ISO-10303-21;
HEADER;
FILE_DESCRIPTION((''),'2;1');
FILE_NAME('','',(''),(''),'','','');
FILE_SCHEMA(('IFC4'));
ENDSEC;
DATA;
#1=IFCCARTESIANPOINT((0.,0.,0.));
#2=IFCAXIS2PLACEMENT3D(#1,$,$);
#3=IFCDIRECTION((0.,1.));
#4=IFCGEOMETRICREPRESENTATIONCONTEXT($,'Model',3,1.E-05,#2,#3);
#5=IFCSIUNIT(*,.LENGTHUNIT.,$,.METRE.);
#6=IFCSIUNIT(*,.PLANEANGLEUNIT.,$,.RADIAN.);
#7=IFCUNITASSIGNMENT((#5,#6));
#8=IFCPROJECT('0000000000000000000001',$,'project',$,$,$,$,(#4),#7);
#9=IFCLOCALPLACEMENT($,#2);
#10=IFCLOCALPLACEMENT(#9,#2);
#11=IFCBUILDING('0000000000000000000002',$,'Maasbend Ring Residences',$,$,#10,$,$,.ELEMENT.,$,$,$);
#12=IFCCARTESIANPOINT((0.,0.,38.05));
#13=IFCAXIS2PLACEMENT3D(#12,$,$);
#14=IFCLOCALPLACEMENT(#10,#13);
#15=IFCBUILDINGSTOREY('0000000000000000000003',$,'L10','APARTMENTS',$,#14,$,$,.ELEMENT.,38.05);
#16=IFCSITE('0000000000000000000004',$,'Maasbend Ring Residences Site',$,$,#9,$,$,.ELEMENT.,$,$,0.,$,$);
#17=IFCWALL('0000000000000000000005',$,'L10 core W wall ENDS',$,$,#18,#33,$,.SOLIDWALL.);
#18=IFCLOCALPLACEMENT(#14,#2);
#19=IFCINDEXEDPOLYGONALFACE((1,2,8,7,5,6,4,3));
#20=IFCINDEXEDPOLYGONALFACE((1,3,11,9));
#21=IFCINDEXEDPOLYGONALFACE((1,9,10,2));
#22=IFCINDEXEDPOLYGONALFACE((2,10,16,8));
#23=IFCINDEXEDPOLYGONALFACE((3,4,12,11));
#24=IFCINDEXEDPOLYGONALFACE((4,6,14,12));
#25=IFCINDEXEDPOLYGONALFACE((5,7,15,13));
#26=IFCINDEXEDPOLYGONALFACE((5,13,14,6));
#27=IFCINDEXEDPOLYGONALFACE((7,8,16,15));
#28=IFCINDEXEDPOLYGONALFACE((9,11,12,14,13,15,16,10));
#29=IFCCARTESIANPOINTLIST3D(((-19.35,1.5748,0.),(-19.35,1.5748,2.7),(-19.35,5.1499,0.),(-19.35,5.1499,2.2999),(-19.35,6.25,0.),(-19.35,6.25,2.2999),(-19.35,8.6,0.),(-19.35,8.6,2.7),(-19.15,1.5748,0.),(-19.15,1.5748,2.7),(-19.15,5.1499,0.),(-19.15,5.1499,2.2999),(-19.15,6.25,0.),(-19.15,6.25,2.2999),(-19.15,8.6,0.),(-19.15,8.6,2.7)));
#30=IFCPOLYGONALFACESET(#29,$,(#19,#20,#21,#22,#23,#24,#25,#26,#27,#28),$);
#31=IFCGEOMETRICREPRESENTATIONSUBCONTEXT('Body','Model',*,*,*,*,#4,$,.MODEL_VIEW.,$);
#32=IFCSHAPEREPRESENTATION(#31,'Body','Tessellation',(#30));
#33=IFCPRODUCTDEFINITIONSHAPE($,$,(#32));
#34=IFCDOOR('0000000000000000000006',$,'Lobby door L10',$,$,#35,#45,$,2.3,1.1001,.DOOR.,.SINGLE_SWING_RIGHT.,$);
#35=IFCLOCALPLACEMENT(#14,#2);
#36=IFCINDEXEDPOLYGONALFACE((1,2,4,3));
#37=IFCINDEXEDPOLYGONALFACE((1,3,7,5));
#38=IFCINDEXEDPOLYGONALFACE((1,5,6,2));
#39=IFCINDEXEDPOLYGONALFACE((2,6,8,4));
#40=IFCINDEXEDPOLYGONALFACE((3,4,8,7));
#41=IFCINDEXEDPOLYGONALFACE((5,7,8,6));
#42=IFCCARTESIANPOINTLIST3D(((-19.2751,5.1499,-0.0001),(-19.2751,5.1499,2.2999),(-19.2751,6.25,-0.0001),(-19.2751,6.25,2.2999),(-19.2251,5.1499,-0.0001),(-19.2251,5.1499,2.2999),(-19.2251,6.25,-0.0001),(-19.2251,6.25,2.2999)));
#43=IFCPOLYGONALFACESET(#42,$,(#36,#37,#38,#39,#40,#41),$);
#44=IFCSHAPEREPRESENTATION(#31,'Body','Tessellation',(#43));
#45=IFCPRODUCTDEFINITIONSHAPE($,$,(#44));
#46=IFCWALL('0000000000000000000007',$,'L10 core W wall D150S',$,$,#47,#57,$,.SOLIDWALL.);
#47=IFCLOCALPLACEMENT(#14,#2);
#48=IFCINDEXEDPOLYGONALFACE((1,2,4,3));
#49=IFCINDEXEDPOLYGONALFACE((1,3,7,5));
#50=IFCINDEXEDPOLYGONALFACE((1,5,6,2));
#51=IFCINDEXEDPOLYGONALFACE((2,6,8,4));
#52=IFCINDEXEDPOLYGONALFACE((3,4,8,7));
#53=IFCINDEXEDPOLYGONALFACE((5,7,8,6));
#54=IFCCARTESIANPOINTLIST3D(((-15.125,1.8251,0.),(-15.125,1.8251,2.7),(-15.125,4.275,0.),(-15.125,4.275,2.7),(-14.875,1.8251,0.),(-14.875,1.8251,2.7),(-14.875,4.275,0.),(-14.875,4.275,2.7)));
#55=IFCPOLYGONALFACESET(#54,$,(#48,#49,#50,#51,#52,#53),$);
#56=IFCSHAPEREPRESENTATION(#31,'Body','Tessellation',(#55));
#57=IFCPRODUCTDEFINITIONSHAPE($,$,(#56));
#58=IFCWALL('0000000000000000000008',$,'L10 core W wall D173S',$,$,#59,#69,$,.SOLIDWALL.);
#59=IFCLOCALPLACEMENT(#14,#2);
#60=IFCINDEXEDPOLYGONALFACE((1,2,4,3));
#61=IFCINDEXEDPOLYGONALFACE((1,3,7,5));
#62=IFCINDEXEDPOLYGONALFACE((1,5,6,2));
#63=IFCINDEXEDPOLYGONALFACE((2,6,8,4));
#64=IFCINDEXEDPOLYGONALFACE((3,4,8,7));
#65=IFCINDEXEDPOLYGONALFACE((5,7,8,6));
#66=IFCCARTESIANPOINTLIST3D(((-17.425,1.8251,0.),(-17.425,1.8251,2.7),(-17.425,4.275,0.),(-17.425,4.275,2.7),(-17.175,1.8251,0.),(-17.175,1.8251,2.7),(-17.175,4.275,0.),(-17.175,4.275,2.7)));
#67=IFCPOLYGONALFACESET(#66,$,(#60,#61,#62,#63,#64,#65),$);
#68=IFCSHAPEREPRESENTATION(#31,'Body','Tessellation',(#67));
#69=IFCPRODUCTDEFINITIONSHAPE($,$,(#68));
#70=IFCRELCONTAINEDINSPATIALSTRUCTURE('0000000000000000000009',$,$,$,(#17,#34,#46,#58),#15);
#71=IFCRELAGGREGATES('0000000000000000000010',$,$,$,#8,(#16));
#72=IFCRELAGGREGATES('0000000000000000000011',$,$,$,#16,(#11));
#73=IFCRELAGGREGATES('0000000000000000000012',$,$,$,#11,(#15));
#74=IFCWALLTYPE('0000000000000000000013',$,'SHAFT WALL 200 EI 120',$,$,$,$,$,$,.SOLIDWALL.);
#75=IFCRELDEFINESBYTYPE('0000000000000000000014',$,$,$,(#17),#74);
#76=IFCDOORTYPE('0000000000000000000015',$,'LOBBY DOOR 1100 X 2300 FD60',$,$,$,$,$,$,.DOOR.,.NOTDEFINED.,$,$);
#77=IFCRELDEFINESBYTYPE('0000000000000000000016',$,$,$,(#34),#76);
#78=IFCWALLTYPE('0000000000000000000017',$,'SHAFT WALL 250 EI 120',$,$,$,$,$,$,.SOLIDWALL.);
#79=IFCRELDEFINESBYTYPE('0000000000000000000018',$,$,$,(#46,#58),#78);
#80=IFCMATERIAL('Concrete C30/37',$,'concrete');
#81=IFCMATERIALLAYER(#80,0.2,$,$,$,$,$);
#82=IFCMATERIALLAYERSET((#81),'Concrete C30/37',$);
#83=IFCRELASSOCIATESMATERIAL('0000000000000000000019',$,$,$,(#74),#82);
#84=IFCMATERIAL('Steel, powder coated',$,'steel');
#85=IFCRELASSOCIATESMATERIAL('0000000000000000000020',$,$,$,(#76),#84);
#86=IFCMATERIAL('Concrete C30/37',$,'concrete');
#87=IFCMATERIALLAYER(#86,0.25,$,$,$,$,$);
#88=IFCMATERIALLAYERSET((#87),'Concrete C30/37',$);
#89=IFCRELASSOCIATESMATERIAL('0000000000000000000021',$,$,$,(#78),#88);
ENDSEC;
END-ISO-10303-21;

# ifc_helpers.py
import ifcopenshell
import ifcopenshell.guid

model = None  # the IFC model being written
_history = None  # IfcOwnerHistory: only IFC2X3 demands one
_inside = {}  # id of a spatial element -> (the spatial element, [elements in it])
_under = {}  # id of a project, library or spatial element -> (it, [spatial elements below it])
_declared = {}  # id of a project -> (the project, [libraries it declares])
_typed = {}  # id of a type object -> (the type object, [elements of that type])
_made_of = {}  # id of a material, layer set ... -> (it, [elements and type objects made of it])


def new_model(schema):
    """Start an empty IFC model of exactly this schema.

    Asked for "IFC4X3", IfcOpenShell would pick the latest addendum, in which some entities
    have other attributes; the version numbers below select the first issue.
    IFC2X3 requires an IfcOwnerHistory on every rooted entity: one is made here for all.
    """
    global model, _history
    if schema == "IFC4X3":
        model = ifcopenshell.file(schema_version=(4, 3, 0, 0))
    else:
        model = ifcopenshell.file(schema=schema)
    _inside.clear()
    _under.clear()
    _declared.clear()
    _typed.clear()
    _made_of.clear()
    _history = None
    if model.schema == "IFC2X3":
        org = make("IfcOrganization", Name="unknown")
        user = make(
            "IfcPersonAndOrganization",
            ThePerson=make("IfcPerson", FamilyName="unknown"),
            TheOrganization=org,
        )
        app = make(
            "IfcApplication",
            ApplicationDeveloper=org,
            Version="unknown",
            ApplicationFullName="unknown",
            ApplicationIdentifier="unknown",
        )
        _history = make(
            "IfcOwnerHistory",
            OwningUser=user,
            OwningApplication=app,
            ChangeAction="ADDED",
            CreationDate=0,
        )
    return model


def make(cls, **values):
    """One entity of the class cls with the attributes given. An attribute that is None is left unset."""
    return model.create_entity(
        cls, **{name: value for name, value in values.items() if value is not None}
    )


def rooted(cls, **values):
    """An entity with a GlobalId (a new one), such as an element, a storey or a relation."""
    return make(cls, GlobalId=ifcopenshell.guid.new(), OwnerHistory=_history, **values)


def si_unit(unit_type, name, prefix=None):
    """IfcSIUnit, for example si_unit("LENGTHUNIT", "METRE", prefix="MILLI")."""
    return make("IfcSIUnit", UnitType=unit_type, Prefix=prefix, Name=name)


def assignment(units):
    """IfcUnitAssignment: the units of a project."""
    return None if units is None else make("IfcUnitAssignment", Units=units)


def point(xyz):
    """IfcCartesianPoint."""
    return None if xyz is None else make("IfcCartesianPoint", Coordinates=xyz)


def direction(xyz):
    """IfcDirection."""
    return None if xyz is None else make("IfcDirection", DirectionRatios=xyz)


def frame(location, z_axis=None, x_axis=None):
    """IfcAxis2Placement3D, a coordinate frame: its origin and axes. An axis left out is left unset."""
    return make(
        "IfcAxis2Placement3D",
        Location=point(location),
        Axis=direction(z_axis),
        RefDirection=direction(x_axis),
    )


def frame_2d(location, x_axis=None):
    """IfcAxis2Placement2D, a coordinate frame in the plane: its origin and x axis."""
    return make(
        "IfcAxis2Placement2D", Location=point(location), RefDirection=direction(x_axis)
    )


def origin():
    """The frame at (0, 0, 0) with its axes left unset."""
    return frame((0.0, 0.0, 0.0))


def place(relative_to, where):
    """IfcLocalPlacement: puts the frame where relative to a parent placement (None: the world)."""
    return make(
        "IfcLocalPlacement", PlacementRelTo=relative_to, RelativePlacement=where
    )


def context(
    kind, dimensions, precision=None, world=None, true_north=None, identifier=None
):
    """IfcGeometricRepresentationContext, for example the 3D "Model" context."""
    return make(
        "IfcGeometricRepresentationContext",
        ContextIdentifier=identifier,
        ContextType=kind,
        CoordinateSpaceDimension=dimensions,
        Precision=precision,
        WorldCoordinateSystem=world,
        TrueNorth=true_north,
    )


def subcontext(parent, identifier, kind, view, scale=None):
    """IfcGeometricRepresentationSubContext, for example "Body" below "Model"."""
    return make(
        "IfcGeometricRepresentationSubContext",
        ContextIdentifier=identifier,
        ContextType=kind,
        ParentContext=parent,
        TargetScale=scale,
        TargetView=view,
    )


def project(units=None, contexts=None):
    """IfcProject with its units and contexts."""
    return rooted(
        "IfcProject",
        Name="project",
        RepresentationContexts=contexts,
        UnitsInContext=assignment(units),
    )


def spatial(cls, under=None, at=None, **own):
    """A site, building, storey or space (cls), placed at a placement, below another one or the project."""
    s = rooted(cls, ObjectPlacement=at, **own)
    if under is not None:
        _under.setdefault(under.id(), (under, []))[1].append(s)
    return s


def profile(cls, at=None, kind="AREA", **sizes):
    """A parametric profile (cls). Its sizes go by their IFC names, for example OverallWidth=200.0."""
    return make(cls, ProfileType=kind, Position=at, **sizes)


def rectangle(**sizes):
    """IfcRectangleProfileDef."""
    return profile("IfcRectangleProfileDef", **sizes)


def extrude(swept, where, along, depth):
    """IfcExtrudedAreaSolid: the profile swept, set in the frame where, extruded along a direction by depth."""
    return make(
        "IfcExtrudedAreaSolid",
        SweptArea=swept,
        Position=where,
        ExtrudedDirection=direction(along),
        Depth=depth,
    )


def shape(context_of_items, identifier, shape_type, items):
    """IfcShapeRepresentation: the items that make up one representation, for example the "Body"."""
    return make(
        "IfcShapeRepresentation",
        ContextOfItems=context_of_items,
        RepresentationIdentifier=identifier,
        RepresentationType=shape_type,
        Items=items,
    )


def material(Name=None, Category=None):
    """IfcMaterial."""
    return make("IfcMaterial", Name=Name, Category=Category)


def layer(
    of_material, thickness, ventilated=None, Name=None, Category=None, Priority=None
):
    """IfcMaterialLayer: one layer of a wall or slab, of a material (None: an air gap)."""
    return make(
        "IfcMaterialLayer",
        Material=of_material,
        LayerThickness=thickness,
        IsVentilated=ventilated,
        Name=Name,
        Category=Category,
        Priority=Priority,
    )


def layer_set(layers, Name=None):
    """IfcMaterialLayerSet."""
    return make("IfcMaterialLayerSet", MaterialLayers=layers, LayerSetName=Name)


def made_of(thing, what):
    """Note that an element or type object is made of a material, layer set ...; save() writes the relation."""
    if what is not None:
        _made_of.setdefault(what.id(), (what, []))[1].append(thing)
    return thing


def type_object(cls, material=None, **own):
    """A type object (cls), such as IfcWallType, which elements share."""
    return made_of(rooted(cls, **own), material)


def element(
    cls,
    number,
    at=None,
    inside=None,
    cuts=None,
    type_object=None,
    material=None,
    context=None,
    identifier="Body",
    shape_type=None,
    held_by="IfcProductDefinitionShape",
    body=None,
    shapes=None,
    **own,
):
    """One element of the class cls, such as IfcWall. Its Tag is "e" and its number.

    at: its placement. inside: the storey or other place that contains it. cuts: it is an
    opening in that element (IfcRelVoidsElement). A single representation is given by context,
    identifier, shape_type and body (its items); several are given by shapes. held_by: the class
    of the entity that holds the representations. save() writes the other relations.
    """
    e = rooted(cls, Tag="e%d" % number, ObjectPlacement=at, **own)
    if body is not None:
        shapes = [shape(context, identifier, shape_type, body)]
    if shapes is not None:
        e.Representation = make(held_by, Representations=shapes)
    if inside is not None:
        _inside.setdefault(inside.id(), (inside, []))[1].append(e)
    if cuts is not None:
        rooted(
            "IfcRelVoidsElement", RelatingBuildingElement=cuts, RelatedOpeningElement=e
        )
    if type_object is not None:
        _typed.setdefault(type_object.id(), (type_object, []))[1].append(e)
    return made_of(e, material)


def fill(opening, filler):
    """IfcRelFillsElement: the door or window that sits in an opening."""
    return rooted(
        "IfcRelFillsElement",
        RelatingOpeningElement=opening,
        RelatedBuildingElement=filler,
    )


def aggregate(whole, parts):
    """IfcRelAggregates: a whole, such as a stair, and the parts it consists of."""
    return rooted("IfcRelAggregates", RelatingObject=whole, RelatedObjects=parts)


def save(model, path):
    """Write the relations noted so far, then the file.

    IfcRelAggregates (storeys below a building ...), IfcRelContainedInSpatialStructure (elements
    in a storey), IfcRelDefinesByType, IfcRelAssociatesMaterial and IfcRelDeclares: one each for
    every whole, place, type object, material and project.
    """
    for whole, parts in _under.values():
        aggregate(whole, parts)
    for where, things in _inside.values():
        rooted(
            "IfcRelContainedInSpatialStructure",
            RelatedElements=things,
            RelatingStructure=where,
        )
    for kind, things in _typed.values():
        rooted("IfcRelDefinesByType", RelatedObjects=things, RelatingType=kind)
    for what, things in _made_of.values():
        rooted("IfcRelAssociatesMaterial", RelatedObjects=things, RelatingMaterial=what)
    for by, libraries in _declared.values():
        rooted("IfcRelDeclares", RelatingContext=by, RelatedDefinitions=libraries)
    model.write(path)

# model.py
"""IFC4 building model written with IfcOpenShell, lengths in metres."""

from ifc_helpers import new_model, si_unit, direction, frame, frame_2d, origin, place, context, subcontext, project, spatial, rectangle, extrude, material, layer, layer_set, type_object, element, fill, save


model = new_model("IFC4")

# Units and contexts
model_context = context("Model", 3, precision=1e-05, world=origin(), true_north=direction((0.0, 1.0)))
body_context = subcontext(model_context, "Body", "Model", "MODEL_VIEW")
ifc_project = project(units=[si_unit("LENGTHUNIT", "METRE"), si_unit("PLANEANGLEUNIT", "RADIAN")], contexts=[model_context])

# Site, building, storey
site_placement = place(None, origin())
site = spatial("IfcSite", under=ifc_project, at=site_placement, Name="Maasbend Ring Residences Site", CompositionType="ELEMENT", RefElevation=0.0)
building_placement = place(site_placement, origin())
building = spatial("IfcBuilding", under=site, at=building_placement, Name="Maasbend Ring Residences", CompositionType="ELEMENT")
storey_placement = place(building_placement, frame((0.0, 0.0, 38.05)))
storey = spatial("IfcBuildingStorey", under=building, at=storey_placement, Name="L10", Description="APARTMENTS", CompositionType="ELEMENT", Elevation=38.05)

# Wall, opening, door
ifc_material_1 = material(Name="Concrete C30/37", Category="concrete")
ifc_layer_1 = layer(ifc_material_1, 0.2)
ifc_layer_set_1 = layer_set([ifc_layer_1], Name="Concrete C30/37")
wall_type_1 = type_object("IfcWallType", Name="SHAFT WALL 200 EI 120", PredefinedType="SOLIDWALL", material=ifc_layer_set_1)
wall_1_placement = place(storey_placement, frame((-19.25, 8.6001, 0.0), z_axis=(0.0, 0.0, 1.0), x_axis=(0.0, -1.0, 0.0)))
wall_1 = element("IfcWall", 1, at=wall_1_placement, inside=storey, type_object=wall_type_1, Name="L10 core W wall ENDS", PredefinedType="SOLIDWALL", context=body_context, shape_type="SweptSolid", body=[
    extrude(rectangle(XDim=7.0251, YDim=0.2, at=frame_2d((3.5127, 0.0))), origin(), (0.0, 0.0, 1.0), 2.7),
])
opening_1_placement = place(wall_1_placement, frame((2.3501, 0.0, 0.0)))
opening_1 = element("IfcOpeningElement", 2, at=opening_1_placement, cuts=wall_1, PredefinedType="OPENING", context=body_context, shape_type="SweptSolid", body=[
    extrude(rectangle(XDim=1.1001, YDim=2.3, at=frame_2d((0.55, 1.1499))), frame((0.0, 0.1099, 0.0), z_axis=(0.0, -1.0, 0.0), x_axis=(1.0, 0.0, 0.0)), (0.0, 0.0, 1.0), 0.22),
])
ifc_material_2 = material(Name="Steel, powder coated", Category="steel")
door_type_1 = type_object("IfcDoorType", Name="LOBBY DOOR 1100 X 2300 FD60", OperationType="NOTDEFINED", PredefinedType="DOOR", material=ifc_material_2)
door_1_placement = place(opening_1_placement, origin())
door_1 = element("IfcDoor", 3, at=door_1_placement, inside=storey, type_object=door_type_1, Name="Lobby door L10", OperationType="SINGLE_SWING_RIGHT", OverallHeight=2.3, OverallWidth=1.1001, PredefinedType="DOOR", context=body_context, shape_type="SweptSolid", body=[
    extrude(rectangle(XDim=1.1001, YDim=2.3, at=frame_2d((0.55, 1.1499))), frame((0.0, 0.0249, 0.0), z_axis=(0.0, -1.0, 0.0), x_axis=(1.0, 0.0, 0.0)), (0.0, 0.0, 1.0), 0.05),
])
fill(opening_1, door_1)

# Walls
ifc_material_3 = material(Name="Concrete C30/37", Category="concrete")
ifc_layer_2 = layer(ifc_material_3, 0.25)
ifc_layer_set_2 = layer_set([ifc_layer_2], Name="Concrete C30/37")
wall_type_2 = type_object("IfcWallType", Name="SHAFT WALL 250 EI 120", PredefinedType="SOLIDWALL", material=ifc_layer_set_2)
for number, where, z_axis, x_axis, name in (
    (4, (-15.0, 1.825, 0.0), (0.0, 0.0, 1.0), (0.0, 1.0, 0.0), "L10 core W wall D150S"),
    (5, (-17.3, 1.825, 0.0), (0.0, 0.0, 1.0), (0.0, 1.0, 0.0), "L10 core W wall D173S"),
):
    element("IfcWall", number, at=place(storey_placement, frame(where, z_axis=z_axis, x_axis=x_axis)), inside=storey, type_object=wall_type_2, Name=name, PredefinedType="SOLIDWALL", context=body_context, shape_type="SweptSolid", body=[
        extrude(rectangle(XDim=2.45, YDim=0.25, at=frame_2d((1.2251, 0.0))), origin(), (0.0, 0.0, 1.0), 2.7),
    ])

save(model, "model.ifc")
